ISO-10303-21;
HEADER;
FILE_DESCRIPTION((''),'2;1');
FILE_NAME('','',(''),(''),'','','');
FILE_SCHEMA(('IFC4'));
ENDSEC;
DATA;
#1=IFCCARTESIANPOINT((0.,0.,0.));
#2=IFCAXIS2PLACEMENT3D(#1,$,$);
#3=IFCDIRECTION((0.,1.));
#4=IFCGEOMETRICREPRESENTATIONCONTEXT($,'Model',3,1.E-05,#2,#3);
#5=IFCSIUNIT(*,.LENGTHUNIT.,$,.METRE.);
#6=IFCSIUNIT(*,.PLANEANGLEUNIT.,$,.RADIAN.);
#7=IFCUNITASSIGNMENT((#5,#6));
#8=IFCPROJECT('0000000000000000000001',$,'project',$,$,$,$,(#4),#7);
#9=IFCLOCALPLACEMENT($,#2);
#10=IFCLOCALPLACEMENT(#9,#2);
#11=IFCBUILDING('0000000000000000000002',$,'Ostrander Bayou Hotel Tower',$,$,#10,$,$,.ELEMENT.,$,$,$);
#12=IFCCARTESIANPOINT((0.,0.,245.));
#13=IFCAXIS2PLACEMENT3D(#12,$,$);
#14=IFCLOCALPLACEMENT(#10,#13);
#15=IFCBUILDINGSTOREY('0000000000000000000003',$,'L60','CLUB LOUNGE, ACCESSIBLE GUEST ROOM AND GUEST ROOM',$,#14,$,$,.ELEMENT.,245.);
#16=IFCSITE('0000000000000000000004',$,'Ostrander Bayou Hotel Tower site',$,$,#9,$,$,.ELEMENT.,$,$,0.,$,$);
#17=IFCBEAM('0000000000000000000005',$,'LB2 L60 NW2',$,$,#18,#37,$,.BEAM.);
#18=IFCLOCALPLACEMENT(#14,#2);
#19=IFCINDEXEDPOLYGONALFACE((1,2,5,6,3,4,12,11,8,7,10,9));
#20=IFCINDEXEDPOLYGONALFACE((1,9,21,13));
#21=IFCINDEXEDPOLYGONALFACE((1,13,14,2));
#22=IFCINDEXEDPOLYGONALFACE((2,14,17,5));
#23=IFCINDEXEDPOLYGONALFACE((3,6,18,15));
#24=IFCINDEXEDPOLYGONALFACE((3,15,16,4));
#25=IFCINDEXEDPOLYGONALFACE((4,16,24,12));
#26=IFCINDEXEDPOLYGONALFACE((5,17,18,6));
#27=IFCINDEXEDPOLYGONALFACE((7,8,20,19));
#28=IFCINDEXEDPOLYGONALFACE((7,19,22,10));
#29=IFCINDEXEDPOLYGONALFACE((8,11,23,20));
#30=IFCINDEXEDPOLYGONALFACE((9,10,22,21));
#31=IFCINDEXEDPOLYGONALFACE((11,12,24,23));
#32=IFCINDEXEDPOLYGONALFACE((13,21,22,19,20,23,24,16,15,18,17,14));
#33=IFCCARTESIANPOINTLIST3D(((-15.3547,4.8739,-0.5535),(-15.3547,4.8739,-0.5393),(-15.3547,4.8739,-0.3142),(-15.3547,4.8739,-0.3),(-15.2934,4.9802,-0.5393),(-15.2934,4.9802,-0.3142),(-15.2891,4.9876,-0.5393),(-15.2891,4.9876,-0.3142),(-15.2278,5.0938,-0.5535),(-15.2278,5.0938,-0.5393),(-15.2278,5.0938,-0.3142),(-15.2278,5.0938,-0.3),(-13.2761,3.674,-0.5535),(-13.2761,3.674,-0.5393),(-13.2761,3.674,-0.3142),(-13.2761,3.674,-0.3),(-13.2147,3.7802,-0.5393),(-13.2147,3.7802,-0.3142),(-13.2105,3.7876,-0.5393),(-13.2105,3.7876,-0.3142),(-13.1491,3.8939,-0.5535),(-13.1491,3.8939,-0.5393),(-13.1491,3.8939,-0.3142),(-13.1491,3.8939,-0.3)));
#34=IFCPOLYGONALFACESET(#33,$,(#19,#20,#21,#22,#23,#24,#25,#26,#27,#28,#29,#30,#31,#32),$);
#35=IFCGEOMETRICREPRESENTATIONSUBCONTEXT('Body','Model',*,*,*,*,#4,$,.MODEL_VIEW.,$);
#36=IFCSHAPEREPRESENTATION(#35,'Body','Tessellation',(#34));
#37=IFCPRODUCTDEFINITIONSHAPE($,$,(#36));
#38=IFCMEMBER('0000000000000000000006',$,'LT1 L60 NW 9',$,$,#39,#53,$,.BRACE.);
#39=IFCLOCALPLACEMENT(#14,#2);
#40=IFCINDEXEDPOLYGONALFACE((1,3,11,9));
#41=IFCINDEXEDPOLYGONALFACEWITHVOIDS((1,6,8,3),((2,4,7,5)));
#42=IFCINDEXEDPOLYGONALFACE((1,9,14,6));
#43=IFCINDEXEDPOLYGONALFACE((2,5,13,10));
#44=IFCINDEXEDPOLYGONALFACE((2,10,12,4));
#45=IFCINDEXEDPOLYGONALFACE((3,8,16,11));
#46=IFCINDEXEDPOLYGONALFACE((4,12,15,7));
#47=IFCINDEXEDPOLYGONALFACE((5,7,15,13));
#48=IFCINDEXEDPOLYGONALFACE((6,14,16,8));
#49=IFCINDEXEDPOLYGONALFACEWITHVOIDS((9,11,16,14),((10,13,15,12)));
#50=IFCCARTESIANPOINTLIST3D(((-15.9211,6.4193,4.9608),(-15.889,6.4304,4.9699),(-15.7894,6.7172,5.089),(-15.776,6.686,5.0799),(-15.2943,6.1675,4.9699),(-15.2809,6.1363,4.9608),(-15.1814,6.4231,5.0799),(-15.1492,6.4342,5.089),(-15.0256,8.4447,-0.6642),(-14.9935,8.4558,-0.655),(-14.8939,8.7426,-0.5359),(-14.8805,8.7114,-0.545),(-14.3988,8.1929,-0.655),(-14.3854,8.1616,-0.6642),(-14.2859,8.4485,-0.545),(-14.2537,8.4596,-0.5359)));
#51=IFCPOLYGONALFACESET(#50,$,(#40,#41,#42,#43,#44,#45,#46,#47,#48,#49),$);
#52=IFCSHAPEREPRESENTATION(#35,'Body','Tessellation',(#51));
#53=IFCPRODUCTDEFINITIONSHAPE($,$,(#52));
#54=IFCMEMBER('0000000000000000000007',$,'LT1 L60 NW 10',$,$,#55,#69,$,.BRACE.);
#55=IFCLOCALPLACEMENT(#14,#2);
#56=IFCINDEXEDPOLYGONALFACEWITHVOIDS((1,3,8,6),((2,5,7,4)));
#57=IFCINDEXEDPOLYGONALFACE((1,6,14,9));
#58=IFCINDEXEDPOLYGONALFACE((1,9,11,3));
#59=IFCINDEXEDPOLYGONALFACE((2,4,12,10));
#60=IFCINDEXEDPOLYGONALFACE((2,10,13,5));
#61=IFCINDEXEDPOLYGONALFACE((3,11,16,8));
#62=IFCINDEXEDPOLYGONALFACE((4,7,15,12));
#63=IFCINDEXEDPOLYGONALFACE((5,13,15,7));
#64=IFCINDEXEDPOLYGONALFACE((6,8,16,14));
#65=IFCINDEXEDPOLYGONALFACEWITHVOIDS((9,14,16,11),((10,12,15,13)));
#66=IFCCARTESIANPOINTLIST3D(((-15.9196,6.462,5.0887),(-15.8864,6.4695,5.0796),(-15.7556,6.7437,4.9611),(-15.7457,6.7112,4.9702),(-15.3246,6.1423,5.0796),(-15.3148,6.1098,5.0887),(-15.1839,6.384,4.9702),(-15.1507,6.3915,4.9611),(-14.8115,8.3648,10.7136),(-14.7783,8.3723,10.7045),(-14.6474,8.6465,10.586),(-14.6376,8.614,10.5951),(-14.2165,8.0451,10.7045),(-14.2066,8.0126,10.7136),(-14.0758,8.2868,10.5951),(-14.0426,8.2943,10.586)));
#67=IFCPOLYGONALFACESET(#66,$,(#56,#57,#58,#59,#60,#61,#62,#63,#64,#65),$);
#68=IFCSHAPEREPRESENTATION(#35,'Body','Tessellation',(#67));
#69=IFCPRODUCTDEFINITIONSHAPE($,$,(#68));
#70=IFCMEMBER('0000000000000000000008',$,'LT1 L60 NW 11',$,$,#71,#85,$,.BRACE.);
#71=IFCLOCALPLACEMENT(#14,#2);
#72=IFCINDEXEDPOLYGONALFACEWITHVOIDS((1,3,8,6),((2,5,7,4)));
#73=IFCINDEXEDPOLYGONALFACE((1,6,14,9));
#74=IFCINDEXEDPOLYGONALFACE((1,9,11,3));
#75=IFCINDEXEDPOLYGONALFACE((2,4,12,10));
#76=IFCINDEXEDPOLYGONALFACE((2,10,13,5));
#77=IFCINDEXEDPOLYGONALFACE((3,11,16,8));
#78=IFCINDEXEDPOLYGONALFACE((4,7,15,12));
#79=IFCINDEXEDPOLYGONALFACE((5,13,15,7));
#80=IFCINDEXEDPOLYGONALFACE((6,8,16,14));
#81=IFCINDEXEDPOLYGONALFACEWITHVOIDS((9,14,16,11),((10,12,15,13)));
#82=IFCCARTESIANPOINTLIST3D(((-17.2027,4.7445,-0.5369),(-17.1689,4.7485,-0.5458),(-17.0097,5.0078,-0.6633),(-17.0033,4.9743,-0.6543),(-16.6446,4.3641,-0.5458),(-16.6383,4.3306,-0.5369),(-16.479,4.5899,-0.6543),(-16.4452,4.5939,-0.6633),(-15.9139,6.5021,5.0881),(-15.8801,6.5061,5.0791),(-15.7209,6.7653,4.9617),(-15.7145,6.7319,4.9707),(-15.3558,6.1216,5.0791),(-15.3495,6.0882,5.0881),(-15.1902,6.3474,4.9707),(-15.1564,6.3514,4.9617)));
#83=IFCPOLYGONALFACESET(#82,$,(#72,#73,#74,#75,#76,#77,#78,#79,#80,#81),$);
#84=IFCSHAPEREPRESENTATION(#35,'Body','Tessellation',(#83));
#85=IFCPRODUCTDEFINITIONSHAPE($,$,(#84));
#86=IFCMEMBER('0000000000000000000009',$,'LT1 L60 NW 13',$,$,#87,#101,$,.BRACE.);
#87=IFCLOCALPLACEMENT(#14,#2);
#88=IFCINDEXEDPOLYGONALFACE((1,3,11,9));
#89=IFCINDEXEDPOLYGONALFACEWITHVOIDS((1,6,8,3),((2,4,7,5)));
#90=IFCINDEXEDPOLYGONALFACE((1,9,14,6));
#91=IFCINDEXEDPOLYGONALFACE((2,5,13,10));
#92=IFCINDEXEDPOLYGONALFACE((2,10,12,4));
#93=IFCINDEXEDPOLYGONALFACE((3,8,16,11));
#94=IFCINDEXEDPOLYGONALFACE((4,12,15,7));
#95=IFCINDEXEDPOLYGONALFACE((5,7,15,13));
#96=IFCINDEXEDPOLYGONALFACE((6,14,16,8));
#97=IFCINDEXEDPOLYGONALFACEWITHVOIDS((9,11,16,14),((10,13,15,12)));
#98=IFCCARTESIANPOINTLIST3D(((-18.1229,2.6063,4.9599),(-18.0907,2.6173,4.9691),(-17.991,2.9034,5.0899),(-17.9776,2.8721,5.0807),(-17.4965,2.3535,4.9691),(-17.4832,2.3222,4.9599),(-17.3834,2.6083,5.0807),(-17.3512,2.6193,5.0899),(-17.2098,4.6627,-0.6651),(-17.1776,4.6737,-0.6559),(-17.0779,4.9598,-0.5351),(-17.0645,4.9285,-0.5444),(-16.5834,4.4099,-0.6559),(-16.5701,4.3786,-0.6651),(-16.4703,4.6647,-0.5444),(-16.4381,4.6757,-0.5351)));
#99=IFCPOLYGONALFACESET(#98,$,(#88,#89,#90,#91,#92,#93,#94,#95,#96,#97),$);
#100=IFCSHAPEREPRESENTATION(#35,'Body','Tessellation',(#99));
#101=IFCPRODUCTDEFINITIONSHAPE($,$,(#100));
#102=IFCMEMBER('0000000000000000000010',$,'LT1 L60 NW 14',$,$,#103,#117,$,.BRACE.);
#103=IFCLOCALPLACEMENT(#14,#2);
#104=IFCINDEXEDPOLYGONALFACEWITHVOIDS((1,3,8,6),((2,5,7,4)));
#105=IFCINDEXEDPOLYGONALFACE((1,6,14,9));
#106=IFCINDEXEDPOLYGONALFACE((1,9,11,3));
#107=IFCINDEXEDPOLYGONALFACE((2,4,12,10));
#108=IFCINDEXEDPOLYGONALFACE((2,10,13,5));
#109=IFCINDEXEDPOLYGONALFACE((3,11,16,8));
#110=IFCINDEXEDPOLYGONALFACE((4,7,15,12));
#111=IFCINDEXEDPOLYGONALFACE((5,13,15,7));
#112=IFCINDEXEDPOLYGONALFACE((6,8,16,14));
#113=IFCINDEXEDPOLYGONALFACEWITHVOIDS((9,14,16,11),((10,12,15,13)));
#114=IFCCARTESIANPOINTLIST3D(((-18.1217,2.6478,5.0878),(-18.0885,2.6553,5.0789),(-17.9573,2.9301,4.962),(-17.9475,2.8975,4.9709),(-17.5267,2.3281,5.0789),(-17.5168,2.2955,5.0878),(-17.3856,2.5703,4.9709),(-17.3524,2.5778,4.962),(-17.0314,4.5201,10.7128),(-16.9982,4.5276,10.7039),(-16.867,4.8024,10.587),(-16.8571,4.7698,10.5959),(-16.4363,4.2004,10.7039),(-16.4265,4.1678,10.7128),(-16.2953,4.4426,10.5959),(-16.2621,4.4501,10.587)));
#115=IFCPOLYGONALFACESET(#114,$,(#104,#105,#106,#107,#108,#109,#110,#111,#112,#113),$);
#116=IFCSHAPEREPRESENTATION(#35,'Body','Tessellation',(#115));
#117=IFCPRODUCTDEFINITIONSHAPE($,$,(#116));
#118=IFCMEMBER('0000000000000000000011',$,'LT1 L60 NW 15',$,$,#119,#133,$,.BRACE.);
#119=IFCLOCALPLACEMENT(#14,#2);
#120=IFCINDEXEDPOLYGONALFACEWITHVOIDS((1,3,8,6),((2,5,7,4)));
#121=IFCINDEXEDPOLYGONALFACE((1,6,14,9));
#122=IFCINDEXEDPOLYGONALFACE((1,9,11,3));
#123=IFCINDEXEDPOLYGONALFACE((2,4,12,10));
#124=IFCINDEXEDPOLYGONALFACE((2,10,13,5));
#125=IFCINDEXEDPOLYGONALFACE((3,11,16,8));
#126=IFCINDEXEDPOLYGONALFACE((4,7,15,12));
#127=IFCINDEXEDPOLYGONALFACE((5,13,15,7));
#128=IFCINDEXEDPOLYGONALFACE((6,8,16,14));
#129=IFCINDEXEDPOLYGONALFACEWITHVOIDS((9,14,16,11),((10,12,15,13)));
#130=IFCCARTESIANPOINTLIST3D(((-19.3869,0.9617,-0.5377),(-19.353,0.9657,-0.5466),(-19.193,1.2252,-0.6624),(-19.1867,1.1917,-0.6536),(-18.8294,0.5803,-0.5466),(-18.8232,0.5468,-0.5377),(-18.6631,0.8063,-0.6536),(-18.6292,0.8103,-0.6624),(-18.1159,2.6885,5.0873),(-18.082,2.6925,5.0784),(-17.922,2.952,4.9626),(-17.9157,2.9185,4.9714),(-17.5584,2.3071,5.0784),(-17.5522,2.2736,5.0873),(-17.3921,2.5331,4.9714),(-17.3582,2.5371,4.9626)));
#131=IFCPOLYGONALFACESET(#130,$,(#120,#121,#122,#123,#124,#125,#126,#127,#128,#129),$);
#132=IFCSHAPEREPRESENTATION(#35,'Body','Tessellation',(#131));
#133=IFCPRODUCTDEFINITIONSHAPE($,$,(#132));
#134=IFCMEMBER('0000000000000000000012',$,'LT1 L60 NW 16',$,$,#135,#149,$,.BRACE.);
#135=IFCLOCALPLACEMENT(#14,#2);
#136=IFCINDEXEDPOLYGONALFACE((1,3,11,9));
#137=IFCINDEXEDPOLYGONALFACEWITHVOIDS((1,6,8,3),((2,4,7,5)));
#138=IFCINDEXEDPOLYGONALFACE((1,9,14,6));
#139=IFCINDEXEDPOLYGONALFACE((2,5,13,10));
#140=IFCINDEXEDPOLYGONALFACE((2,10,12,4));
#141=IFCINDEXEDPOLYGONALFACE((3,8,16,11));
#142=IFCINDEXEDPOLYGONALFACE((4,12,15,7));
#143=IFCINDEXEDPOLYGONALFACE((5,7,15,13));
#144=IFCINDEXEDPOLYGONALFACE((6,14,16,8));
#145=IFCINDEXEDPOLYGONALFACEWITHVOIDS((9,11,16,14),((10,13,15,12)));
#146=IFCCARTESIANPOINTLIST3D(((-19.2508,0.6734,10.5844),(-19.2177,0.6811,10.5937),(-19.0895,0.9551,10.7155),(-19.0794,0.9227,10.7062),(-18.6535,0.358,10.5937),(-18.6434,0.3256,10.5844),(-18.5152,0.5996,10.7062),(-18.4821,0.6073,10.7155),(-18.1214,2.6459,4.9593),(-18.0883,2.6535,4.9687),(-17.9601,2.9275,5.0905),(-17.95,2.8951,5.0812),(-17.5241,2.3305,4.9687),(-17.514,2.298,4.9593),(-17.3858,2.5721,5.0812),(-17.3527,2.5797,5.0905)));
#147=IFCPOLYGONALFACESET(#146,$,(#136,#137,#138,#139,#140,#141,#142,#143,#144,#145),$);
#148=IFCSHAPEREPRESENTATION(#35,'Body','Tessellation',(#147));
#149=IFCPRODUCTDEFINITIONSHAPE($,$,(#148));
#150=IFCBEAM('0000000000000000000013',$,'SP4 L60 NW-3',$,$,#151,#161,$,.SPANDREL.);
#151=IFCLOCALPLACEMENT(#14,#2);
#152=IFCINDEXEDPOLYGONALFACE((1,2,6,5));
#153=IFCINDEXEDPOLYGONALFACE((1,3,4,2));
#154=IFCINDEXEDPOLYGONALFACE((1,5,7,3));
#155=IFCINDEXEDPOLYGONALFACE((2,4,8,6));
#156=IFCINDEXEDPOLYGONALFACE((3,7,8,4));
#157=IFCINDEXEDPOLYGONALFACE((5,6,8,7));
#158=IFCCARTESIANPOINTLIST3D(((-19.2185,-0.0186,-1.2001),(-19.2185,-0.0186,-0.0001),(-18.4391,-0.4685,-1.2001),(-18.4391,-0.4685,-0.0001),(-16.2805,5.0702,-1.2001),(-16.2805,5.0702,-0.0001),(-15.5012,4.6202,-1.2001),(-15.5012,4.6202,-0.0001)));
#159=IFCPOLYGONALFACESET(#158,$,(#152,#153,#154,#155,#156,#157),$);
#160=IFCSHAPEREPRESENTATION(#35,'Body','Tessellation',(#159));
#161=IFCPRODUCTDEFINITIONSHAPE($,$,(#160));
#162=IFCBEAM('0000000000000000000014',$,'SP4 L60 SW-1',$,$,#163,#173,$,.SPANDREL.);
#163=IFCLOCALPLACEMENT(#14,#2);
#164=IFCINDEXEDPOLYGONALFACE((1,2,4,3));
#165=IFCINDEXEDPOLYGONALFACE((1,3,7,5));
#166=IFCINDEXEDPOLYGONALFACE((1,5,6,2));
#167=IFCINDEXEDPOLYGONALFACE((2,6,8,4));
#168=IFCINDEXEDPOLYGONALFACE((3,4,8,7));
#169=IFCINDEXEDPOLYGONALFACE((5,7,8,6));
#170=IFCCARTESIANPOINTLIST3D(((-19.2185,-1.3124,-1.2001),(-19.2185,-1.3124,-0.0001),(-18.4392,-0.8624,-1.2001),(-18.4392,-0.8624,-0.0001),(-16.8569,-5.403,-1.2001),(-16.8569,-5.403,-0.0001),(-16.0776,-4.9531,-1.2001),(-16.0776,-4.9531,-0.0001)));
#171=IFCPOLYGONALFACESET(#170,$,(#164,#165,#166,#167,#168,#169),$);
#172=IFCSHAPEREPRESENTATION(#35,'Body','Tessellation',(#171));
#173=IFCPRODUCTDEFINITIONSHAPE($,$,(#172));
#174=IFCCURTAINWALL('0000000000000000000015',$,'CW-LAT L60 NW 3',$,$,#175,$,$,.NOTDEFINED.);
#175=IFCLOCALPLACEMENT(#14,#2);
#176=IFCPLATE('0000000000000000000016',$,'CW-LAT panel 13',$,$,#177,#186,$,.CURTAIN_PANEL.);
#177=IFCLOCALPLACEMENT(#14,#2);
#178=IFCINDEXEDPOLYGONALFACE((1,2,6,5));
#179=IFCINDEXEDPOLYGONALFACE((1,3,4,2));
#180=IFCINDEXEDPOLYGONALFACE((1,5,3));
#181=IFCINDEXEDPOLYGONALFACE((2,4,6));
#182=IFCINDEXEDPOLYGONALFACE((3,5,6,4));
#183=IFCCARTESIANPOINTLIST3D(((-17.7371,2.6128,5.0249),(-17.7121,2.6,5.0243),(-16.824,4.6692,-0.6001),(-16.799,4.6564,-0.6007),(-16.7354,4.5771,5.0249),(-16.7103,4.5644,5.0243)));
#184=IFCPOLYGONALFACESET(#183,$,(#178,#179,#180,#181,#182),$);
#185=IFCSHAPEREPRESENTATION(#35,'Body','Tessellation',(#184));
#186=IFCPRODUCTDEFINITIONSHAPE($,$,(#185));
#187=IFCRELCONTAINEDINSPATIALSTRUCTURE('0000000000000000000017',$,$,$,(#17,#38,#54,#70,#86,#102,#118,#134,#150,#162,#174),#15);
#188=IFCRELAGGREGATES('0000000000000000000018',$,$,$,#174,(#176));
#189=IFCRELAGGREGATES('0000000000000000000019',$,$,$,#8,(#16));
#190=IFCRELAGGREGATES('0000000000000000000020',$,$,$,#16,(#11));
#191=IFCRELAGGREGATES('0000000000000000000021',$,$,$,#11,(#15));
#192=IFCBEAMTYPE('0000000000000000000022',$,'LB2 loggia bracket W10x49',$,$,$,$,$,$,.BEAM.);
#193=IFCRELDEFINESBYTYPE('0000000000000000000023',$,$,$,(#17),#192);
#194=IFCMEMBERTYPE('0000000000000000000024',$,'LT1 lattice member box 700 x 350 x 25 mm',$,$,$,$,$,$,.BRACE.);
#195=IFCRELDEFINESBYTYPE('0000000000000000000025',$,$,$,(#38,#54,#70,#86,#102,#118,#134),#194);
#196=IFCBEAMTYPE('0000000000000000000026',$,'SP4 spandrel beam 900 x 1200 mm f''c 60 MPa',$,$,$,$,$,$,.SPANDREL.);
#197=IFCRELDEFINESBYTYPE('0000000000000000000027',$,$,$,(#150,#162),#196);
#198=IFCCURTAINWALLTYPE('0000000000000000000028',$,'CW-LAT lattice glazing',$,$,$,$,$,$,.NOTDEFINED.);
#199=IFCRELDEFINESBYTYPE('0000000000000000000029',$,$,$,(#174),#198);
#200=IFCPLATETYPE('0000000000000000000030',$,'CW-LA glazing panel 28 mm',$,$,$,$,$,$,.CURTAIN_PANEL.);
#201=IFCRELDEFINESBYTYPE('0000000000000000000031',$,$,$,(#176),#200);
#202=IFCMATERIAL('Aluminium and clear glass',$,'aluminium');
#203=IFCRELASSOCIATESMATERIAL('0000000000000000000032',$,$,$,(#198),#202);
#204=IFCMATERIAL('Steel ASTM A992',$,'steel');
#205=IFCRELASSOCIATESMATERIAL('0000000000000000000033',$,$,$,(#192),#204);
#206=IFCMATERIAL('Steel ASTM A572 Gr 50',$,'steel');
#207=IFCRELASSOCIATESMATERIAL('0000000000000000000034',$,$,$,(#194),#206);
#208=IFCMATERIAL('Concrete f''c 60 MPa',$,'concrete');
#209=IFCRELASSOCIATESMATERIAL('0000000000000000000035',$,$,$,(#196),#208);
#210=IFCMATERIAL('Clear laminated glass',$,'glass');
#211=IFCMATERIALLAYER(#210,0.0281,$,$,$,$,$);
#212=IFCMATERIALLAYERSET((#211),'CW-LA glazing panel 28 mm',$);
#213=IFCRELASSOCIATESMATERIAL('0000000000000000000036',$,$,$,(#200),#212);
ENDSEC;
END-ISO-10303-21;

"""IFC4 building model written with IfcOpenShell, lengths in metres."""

from ifc_helpers import new_model, si_unit, direction, frame, origin, origin_2d, place, context, subcontext, project, spatial, polyline, rectangle, hollow_rectangle, i_section, outline, extrude, material, layer, layer_set, material_profile, profile_set, type_object, element, aggregate, save


model = new_model("IFC4")

# Units and contexts
model_context = context("Model", 3, precision=1e-05, world=origin(), true_north=direction((0.0, 1.0)))
body_context = subcontext(model_context, "Body", "Model", "MODEL_VIEW")
ifc_project = project(units=[si_unit("LENGTHUNIT", "METRE"), si_unit("PLANEANGLEUNIT", "RADIAN")], contexts=[model_context])

# Site, building, storey
site_placement = place(None, origin())
site = spatial("IfcSite", under=ifc_project, at=site_placement, Name="Ostrander Bayou Hotel Tower site", CompositionType="ELEMENT", RefElevation=0.0)
building_placement = place(site_placement, origin())
building = spatial("IfcBuilding", under=site, at=building_placement, Name="Ostrander Bayou Hotel Tower", CompositionType="ELEMENT")
storey_placement = place(building_placement, frame((0.0, 0.0, 245.0)))
storey = spatial("IfcBuildingStorey", under=building, at=storey_placement, Name="L60", Description="CLUB LOUNGE, ACCESSIBLE GUEST ROOM AND GUEST ROOM", CompositionType="ELEMENT", Elevation=245.0)

# Shared definitions
ifc_material_1 = material(Name="Aluminium and clear glass", Category="aluminium")
curtain_wall_type = type_object("IfcCurtainWallType", Name="CW-LAT lattice glazing", PredefinedType="NOTDEFINED", material=ifc_material_1)

# Beam
ifc_material_2 = material(Name="Steel ASTM A992", Category="steel")
ifc_material_profile_1 = material_profile(ifc_material_2, i_section(OverallWidth=0.2539, OverallDepth=0.2534, WebThickness=0.0085, FlangeThickness=0.0142, at=origin_2d()))
ifc_profile_set_1 = profile_set([ifc_material_profile_1], Name="Steel ASTM A992")
beam_type_1 = type_object("IfcBeamType", Name="LB2 loggia bracket W10x49", PredefinedType="BEAM", material=ifc_profile_set_1)
beam_1_placement = place(storey_placement, frame((-15.2913, 4.9839, -0.4268), z_axis=(0.86605, -0.499957, 0.0), x_axis=(0.499957, 0.86605, 0.0)))
element("IfcBeam", 1, at=beam_1_placement, inside=storey, type_object=beam_type_1, Name="LB2 L60 NW2", PredefinedType="BEAM", context=body_context, shape_type="SweptSolid", body=[
    extrude(i_section(OverallWidth=0.2539, OverallDepth=0.2534, WebThickness=0.0085, FlangeThickness=0.0142, at=origin_2d()), origin(), (0.0, 0.0, 1.0), 2.4001),
])

# Members
ifc_material_3 = material(Name="Steel ASTM A572 Gr 50", Category="steel")
ifc_material_profile_2 = material_profile(ifc_material_3, hollow_rectangle(XDim=0.7, YDim=0.3501, WallThickness=0.0249, at=origin_2d()))
ifc_profile_set_2 = profile_set([ifc_material_profile_2], Name="Steel ASTM A572 Gr 50")
member_type_1 = type_object("IfcMemberType", Name="LT1 lattice member box 700 x 350 x 25 mm", PredefinedType="BRACE", material=ifc_profile_set_2)
member_1_placement = place(storey_placement, frame((-15.5352, 6.4268, 5.0249), z_axis=(0.148135, 0.33504, -0.930486), x_axis=(-0.914592, 0.404378, 0.0)))
element("IfcMember", 2, at=member_1_placement, inside=storey, type_object=member_type_1, Name="LT1 L60 NW 9", PredefinedType="BRACE", context=body_context, shape_type="SweptSolid", body=[
    extrude(hollow_rectangle(XDim=0.7, YDim=0.3501, WallThickness=0.0249, at=origin_2d()), origin(), (0.0, 0.0, 1.0), 6.0452),
])
member_2_placement = place(storey_placement, frame((-15.5352, 6.4268, 5.0249), z_axis=(0.18345, 0.315005, 0.931192), x_axis=(-0.864141, 0.50325, 0.0)))
element("IfcMember", 3, at=member_2_placement, inside=storey, type_object=member_type_1, Name="LT1 L60 NW 10", PredefinedType="BRACE", context=body_context, shape_type="SweptSolid", body=[
    extrude(hollow_rectangle(XDim=0.7, YDim=0.3501, WallThickness=0.0249, at=origin_2d()), origin(), (0.0, 0.0, 1.0), 6.0405),
])
member_3_placement = place(storey_placement, frame((-15.5352, 6.4268, 5.0249), z_axis=(-0.213647, -0.291351, -0.932453), x_axis=(0.806419, -0.591344, 0.0)))
element("IfcMember", 4, at=member_3_placement, inside=storey, type_object=member_type_1, Name="LT1 L60 NW 11", PredefinedType="BRACE", context=body_context, shape_type="SweptSolid", body=[
    extrude(hollow_rectangle(XDim=0.7, YDim=0.3501, WallThickness=0.0249, at=origin_2d()), origin(), (0.0, 0.0, 1.0), 6.0325),
])
member_4_placement = place(storey_placement, frame((-17.7371, 2.6128, 5.0249), z_axis=(0.150716, 0.339434, -0.928477), x_axis=(-0.913955, 0.405816, 0.0)))
element("IfcMember", 5, at=member_4_placement, inside=storey, type_object=member_type_1, Name="LT1 L60 NW 13", PredefinedType="BRACE", context=body_context, shape_type="SweptSolid", body=[
    extrude(hollow_rectangle(XDim=0.7, YDim=0.3501, WallThickness=0.0249, at=origin_2d()), origin(), (0.0, 0.0, 1.0), 6.0583),
])
member_5_placement = place(storey_placement, frame((-17.7371, 2.6128, 5.0249), z_axis=(0.180882, 0.310611, 0.933168), x_axis=(-0.864151, 0.503233, 0.0)))
element("IfcMember", 6, at=member_5_placement, inside=storey, type_object=member_type_1, Name="LT1 L60 NW 14", PredefinedType="BRACE", context=body_context, shape_type="SweptSolid", body=[
    extrude(hollow_rectangle(XDim=0.7, YDim=0.3501, WallThickness=0.0249, at=origin_2d()), origin(), (0.0, 0.0, 1.0), 6.0278),
])
member_6_placement = place(storey_placement, frame((-17.7371, 2.6128, 5.0249), z_axis=(-0.211136, -0.286855, -0.934417), x_axis=(0.805365, -0.592779, 0.0)))
element("IfcMember", 7, at=member_6_placement, inside=storey, type_object=member_type_1, Name="LT1 L60 NW 15", PredefinedType="BRACE", context=body_context, shape_type="SweptSolid", body=[
    extrude(hollow_rectangle(XDim=0.7, YDim=0.3501, WallThickness=0.0249, at=origin_2d()), origin(), (0.0, 0.0, 1.0), 6.0198),
])
member_7_placement = place(storey_placement, frame((-17.7371, 2.6128, 5.0249), z_axis=(-0.186159, -0.325114, 0.927171), x_axis=(0.867807, -0.496902, 0.0)))
element("IfcMember", 8, at=member_7_placement, inside=storey, type_object=member_type_1, Name="LT1 L60 NW 16", PredefinedType="BRACE", context=body_context, shape_type="SweptSolid", body=[
    extrude(hollow_rectangle(XDim=0.7, YDim=0.3501, WallThickness=0.0249, at=origin_2d()), origin(), (0.0, 0.0, 1.0), 6.0669),
])

# Beams
ifc_material_4 = material(Name="Concrete f'c 60 MPa", Category="concrete")
ifc_material_profile_3 = material_profile(ifc_material_4, rectangle(XDim=0.8999, YDim=1.2, at=origin_2d()))
ifc_profile_set_3 = profile_set([ifc_material_profile_3], Name="Concrete f'c 60 MPa")
beam_type_2 = type_object("IfcBeamType", Name="SP4 spandrel beam 900 x 1200 mm f'c 60 MPa", PredefinedType="SPANDREL", material=ifc_profile_set_3)
beam_2_placement = place(storey_placement, frame((-15.8909, 4.8452, -0.6001), z_axis=(-0.499991, -0.866031, 0.0), x_axis=(0.866031, -0.499991, 0.0)))
element("IfcBeam", 9, at=beam_2_placement, inside=storey, type_object=beam_type_2, Name="SP4 L60 NW-3", PredefinedType="SPANDREL", context=body_context, shape_type="SweptSolid", body=[
    extrude(rectangle(XDim=0.8999, YDim=1.2, at=origin_2d()), origin(), (0.0, 0.0, 1.0), 5.876),
])
beam_3_placement = place(storey_placement, frame((-18.8289, -1.0874, -0.6001), z_axis=(0.49998, -0.866037, 0.0), x_axis=(0.866037, 0.49998, 0.0)))
element("IfcBeam", 10, at=beam_3_placement, inside=storey, type_object=beam_type_2, Name="SP4 L60 SW-1", PredefinedType="SPANDREL", context=body_context, shape_type="SweptSolid", body=[
    extrude(rectangle(XDim=0.8999, YDim=1.2, at=origin_2d()), origin(), (0.0, 0.0, 1.0), 4.7234),
])

# Curtain wall, plate
curtain_wall_1_placement = place(storey_placement, origin())
curtain_wall_1 = element("IfcCurtainWall", 11, at=curtain_wall_1_placement, inside=storey, type_object=curtain_wall_type, Name="CW-LAT L60 NW 3", PredefinedType="NOTDEFINED")
ifc_material_5 = material(Name="Clear laminated glass", Category="glass")
ifc_layer_1 = layer(ifc_material_5, 0.0281)
ifc_layer_set_1 = layer_set([ifc_layer_1], Name="CW-LA glazing panel 28 mm")
plate_type = type_object("IfcPlateType", Name="CW-LA glazing panel 28 mm", PredefinedType="CURTAIN_PANEL", material=ifc_layer_set_1)
plate_1_placement = place(storey_placement, frame((-17.7371, 2.6128, 5.0249), z_axis=(-0.890651, 0.454181, 0.021464), x_axis=(0.150716, 0.339434, -0.928477)))
plate_1 = element("IfcPlate", 12, at=plate_1_placement, type_object=plate_type, Name="CW-LAT panel 13", PredefinedType="CURTAIN_PANEL", context=body_context, shape_type="SweptSolid", body=[
    extrude(outline(polyline([(0.0, 0.0), (6.0583, 0.0), (0.8177, -2.0478), (0.0, 0.0)])), origin(), (0.0, 0.0, -1.0), 0.0281),
])
aggregate(curtain_wall_1, [plate_1])

save(model, "model.ifc")
